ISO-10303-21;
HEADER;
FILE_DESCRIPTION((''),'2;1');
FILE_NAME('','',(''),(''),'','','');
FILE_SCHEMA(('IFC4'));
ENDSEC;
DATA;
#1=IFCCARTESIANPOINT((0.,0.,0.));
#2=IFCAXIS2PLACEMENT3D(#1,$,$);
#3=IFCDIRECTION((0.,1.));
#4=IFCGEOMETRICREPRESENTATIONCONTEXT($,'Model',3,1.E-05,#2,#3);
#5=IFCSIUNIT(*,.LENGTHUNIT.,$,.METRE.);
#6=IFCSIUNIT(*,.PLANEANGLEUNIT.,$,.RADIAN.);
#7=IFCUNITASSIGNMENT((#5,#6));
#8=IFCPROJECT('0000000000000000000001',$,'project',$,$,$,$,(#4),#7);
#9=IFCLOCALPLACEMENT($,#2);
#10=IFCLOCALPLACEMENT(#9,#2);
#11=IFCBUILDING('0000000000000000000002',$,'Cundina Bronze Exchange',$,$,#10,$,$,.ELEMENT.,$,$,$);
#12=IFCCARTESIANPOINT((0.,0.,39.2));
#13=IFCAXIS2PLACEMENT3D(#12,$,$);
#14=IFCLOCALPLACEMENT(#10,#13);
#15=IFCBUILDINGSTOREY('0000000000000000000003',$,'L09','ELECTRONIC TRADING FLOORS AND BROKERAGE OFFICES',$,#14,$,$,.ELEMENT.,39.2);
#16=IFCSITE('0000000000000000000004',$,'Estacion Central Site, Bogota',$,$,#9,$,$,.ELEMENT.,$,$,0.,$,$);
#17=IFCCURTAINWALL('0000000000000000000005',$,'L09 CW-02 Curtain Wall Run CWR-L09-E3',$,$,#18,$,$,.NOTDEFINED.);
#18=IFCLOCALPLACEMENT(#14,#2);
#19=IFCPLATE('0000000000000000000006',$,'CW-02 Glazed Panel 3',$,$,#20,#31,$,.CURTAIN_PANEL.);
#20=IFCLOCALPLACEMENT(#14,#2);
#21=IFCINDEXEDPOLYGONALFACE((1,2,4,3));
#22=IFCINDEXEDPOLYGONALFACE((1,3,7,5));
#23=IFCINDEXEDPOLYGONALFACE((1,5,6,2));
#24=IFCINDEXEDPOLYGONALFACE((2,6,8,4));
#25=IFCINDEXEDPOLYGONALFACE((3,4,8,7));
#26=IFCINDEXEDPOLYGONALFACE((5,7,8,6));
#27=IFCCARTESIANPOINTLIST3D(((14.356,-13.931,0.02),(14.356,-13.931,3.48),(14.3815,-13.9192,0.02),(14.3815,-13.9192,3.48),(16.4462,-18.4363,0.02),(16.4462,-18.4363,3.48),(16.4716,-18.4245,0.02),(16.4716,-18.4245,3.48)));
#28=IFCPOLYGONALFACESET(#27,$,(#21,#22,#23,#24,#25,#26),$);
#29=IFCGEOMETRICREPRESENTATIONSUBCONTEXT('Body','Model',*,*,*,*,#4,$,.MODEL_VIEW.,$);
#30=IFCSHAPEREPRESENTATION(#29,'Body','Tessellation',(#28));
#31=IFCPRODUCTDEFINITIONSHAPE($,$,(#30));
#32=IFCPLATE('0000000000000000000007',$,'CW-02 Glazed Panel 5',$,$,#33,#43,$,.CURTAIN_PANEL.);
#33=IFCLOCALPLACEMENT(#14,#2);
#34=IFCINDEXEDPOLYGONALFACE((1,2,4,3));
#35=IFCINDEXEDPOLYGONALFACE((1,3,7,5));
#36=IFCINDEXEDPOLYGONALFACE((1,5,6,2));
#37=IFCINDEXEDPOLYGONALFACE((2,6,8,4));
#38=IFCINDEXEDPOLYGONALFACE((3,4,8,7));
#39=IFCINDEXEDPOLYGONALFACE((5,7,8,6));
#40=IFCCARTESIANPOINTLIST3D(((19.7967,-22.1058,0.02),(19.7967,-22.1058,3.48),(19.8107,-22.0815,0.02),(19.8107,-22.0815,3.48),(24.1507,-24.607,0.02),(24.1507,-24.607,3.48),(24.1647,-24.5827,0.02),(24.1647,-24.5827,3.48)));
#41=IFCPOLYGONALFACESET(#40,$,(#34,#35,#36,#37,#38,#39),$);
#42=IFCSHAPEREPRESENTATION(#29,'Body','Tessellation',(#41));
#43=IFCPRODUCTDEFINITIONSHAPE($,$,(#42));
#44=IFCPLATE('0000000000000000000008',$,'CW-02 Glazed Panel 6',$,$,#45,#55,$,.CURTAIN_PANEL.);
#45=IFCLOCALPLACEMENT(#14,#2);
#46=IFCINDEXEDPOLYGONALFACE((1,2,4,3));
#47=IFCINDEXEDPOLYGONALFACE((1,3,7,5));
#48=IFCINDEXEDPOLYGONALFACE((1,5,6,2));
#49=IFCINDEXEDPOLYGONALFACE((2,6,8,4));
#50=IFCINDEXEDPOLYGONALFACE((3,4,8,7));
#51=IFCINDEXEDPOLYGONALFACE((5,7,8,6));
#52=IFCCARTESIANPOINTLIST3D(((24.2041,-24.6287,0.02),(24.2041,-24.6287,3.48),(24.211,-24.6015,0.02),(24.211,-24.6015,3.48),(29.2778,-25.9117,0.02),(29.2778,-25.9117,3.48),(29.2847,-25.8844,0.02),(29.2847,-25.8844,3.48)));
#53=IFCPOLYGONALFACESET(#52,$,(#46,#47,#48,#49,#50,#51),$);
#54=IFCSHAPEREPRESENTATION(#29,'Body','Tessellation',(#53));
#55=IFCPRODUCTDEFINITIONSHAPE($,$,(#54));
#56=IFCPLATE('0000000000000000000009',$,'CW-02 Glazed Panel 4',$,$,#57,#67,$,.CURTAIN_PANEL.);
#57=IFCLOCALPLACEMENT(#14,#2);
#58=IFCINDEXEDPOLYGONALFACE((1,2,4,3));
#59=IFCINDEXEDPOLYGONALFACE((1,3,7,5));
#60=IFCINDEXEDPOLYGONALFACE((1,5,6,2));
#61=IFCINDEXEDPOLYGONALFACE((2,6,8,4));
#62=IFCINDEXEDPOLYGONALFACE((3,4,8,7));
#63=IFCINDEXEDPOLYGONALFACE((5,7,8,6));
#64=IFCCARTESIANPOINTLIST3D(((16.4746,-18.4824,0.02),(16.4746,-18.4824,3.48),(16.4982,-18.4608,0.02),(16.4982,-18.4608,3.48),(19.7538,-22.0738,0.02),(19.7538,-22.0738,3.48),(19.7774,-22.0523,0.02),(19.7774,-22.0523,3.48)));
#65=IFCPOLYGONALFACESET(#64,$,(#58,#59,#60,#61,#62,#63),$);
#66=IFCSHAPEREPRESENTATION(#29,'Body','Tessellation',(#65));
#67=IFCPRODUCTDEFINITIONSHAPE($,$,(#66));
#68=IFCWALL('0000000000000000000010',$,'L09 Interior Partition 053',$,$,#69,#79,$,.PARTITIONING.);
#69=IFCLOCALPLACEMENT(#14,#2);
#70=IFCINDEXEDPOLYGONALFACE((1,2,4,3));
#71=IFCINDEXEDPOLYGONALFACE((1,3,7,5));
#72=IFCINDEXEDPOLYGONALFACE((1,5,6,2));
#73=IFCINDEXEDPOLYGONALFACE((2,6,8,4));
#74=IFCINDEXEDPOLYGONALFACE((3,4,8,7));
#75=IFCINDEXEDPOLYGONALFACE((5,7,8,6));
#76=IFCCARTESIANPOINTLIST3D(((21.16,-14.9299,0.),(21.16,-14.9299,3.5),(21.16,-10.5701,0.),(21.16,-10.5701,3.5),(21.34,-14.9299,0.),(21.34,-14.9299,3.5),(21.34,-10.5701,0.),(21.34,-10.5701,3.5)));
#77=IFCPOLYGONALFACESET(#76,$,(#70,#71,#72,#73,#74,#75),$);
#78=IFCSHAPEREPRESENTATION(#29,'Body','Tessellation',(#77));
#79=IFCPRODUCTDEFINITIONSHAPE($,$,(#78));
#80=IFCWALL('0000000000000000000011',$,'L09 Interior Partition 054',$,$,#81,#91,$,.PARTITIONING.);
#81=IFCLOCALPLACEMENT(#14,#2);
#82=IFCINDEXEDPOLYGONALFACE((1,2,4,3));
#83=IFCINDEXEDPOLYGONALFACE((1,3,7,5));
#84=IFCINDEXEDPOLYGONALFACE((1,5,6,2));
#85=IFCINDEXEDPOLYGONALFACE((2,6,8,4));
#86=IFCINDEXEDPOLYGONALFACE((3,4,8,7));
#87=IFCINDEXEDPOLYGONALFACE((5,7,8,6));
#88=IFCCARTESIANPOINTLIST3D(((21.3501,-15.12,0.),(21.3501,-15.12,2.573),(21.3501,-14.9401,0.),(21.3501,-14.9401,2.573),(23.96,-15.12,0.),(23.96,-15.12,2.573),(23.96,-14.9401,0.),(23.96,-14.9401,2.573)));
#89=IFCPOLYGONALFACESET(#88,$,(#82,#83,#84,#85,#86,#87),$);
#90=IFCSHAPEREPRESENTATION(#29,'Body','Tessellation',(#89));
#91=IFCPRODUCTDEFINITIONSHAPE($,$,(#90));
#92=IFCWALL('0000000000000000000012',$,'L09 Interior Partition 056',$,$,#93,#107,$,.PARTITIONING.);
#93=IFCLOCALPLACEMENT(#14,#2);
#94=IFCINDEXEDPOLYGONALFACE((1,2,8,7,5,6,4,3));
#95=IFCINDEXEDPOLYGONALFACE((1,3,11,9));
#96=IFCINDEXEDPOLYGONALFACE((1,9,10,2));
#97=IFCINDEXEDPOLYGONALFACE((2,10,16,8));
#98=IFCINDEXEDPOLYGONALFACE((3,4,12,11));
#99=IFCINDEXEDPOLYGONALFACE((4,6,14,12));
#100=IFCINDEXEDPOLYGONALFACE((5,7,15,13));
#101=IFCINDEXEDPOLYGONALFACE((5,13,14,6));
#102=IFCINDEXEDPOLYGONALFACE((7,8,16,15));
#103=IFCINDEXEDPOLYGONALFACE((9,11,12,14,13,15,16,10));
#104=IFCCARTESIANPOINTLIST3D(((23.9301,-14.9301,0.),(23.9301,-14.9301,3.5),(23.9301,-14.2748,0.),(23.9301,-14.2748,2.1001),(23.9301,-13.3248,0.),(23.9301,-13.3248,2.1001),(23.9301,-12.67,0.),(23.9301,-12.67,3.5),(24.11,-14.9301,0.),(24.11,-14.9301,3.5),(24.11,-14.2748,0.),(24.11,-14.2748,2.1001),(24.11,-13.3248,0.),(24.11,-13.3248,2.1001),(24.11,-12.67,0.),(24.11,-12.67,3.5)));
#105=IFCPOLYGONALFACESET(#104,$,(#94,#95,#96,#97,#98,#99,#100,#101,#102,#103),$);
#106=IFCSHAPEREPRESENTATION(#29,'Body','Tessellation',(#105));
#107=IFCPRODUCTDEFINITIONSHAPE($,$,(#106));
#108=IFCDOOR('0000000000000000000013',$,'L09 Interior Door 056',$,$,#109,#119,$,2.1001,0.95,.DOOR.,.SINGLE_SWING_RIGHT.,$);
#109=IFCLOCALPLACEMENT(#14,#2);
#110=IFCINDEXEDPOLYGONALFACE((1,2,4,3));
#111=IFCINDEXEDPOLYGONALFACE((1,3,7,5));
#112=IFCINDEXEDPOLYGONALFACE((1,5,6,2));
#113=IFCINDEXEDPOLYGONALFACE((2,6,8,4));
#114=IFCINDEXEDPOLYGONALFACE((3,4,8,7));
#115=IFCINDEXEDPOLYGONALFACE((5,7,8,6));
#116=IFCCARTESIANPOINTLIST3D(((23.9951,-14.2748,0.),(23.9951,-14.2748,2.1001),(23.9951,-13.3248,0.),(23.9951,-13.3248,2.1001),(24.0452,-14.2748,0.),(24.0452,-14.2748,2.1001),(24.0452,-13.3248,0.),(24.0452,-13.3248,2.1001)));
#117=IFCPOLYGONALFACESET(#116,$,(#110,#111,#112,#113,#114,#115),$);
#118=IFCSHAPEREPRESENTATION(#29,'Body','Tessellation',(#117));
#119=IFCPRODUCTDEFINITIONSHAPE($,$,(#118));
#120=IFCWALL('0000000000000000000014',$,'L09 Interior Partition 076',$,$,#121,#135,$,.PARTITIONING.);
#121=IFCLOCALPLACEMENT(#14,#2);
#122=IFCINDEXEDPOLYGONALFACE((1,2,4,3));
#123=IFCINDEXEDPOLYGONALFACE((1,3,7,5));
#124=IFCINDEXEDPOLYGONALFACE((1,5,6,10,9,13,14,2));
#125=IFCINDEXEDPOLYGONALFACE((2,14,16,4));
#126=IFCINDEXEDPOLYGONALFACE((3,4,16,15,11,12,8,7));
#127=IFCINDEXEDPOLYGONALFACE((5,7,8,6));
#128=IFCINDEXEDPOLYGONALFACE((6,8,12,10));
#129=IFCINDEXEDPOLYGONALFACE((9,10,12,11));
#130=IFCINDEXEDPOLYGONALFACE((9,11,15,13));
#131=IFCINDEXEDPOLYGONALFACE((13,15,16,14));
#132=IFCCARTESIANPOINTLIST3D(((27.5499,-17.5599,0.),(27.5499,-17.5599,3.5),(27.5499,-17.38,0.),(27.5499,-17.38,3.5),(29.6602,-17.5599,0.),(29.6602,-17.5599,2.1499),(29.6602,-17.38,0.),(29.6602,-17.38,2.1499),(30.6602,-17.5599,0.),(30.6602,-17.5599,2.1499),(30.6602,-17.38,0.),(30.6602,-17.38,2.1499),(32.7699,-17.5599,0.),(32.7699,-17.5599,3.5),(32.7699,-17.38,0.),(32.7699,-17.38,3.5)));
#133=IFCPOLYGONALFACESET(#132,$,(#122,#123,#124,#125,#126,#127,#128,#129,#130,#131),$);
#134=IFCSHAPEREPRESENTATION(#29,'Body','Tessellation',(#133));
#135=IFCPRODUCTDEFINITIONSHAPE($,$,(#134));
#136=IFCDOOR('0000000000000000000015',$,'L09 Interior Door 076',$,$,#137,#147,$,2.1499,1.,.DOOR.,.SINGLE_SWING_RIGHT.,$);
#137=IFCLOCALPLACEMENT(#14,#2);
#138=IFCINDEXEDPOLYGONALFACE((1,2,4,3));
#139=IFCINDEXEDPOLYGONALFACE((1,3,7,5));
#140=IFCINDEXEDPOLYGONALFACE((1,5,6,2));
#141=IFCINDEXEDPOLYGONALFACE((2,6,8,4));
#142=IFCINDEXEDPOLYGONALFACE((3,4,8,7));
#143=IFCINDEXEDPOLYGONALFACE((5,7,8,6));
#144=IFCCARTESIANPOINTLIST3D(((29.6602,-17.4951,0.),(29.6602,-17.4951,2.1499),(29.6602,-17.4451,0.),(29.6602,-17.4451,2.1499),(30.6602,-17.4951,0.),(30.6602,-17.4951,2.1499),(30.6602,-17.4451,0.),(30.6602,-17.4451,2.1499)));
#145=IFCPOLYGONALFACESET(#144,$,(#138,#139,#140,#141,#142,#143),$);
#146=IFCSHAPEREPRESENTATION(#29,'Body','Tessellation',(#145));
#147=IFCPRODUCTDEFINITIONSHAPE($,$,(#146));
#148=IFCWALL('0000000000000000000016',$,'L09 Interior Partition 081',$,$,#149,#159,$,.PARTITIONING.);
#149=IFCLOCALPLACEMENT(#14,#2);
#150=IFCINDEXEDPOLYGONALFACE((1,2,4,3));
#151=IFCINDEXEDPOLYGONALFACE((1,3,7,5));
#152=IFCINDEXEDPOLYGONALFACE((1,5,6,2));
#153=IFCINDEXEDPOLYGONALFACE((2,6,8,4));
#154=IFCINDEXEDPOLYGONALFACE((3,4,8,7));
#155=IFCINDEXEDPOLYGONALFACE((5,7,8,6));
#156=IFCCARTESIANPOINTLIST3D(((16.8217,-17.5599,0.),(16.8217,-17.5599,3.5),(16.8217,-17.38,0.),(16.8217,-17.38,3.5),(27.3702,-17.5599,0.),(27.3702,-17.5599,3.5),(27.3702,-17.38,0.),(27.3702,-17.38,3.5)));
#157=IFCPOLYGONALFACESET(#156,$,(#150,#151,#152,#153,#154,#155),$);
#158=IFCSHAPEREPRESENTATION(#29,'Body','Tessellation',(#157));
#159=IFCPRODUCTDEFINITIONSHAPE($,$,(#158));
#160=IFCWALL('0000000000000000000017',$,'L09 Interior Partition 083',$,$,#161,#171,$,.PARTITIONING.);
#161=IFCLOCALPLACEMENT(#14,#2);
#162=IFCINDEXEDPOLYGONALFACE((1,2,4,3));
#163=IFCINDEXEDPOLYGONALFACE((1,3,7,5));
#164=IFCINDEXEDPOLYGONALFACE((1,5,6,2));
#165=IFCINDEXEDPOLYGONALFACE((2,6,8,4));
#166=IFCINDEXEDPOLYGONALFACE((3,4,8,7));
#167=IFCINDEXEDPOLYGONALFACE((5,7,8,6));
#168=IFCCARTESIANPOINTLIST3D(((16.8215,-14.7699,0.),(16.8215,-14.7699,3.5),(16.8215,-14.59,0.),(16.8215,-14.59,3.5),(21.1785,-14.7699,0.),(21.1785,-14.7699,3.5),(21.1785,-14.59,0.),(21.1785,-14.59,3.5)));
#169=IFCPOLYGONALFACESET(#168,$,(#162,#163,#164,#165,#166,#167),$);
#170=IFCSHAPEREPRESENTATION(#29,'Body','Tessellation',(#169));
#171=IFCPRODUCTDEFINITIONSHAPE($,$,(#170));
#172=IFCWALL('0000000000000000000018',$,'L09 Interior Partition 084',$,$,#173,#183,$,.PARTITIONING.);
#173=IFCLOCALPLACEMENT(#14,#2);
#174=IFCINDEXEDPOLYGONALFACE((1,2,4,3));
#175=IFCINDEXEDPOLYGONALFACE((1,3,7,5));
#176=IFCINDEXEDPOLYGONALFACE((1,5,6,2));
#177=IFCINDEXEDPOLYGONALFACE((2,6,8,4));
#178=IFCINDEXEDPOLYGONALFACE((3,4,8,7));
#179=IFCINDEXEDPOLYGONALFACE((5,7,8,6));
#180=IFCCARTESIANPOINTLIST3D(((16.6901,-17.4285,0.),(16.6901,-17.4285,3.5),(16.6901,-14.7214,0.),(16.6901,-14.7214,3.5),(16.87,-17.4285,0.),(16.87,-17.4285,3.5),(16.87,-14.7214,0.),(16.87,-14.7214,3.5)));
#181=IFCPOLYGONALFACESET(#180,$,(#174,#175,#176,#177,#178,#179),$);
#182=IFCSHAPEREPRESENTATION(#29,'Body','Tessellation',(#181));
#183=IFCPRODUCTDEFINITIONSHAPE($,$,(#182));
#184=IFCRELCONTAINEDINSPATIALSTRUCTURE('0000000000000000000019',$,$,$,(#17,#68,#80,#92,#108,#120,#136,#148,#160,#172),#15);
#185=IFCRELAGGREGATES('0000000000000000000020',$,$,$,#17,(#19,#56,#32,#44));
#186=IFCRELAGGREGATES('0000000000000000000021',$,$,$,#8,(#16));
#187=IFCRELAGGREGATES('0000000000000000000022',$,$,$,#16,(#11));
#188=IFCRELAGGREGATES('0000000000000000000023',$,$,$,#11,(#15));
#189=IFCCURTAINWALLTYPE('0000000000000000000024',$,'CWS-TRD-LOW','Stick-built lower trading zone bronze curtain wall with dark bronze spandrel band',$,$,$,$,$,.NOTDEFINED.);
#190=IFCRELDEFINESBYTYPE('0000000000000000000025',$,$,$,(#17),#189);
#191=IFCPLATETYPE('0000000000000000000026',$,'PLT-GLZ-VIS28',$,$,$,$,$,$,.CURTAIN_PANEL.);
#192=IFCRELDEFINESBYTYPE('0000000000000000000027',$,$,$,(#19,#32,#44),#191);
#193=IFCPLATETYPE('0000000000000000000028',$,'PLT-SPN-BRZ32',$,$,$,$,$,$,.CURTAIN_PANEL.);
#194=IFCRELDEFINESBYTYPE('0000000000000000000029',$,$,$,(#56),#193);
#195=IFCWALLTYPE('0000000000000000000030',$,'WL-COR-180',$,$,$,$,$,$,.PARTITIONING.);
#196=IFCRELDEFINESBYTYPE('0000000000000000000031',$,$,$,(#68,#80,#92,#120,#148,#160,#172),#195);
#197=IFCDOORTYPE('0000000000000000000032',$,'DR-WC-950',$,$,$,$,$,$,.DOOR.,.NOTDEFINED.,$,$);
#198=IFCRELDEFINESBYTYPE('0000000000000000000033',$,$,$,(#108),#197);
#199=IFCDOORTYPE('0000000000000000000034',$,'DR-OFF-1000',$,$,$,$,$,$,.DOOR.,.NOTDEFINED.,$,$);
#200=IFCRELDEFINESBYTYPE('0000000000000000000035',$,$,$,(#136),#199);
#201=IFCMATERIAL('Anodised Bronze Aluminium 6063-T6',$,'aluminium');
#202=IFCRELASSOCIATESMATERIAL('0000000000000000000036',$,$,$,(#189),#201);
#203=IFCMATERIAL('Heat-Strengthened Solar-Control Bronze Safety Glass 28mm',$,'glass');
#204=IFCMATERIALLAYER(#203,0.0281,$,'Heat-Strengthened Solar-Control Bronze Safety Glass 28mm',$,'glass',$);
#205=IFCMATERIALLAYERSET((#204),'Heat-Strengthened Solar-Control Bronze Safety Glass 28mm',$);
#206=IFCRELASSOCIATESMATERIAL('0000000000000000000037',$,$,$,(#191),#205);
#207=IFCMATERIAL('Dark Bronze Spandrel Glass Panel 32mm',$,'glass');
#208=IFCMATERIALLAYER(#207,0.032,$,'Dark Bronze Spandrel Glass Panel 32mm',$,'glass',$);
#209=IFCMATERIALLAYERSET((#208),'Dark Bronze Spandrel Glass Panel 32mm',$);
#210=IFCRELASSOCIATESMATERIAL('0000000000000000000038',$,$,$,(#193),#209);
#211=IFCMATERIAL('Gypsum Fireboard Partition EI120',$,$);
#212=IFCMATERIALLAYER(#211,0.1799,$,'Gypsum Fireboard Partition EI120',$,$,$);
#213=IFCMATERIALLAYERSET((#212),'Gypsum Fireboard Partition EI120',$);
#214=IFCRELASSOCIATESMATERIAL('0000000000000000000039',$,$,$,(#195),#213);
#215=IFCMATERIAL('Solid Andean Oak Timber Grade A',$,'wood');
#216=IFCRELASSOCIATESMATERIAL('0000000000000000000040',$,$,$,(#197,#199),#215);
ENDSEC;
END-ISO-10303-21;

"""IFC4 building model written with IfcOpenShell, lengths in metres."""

from ifc_helpers import new_model, si_unit, direction, frame, frame_2d, origin, origin_2d, place, context, subcontext, project, spatial, rectangle, extrude, material, layer, layer_set, type_object, element, fill, aggregate, save


model = new_model("IFC4")

# Units and contexts
model_context = context("Model", 3, precision=1e-05, world=origin(), true_north=direction((0.0, 1.0)))
body_context = subcontext(model_context, "Body", "Model", "MODEL_VIEW")
ifc_project = project(units=[si_unit("LENGTHUNIT", "METRE"), si_unit("PLANEANGLEUNIT", "RADIAN")], contexts=[model_context])

# Site, building, storey
site_placement = place(None, origin())
site = spatial("IfcSite", under=ifc_project, at=site_placement, Name="Estacion Central Site, Bogota", CompositionType="ELEMENT", RefElevation=0.0)
building_placement = place(site_placement, origin())
building = spatial("IfcBuilding", under=site, at=building_placement, Name="Cundina Bronze Exchange", CompositionType="ELEMENT")
storey_placement = place(building_placement, frame((0.0, 0.0, 39.2)))
storey = spatial("IfcBuildingStorey", under=building, at=storey_placement, Name="L09", Description="ELECTRONIC TRADING FLOORS AND BROKERAGE OFFICES", CompositionType="ELEMENT", Elevation=39.2)

# Curtain wall, plates
ifc_material_1 = material(Name="Anodised Bronze Aluminium 6063-T6", Category="aluminium")
curtain_wall_type = type_object("IfcCurtainWallType", Name="CWS-TRD-LOW", Description="Stick-built lower trading zone bronze curtain wall with dark bronze spandrel band", PredefinedType="NOTDEFINED", material=ifc_material_1)
curtain_wall_placement = place(storey_placement, origin())
curtain_wall = element("IfcCurtainWall", 1, at=curtain_wall_placement, inside=storey, type_object=curtain_wall_type, Name="L09 CW-02 Curtain Wall Run CWR-L09-E3", PredefinedType="NOTDEFINED")
ifc_material_2 = material(Name="Heat-Strengthened Solar-Control Bronze Safety Glass 28mm", Category="glass")
ifc_layer_1 = layer(ifc_material_2, 0.0281, Name="Heat-Strengthened Solar-Control Bronze Safety Glass 28mm", Category="glass")
ifc_layer_set_1 = layer_set([ifc_layer_1], Name="Heat-Strengthened Solar-Control Bronze Safety Glass 28mm")
plate_type_1 = type_object("IfcPlateType", Name="PLT-GLZ-VIS28", PredefinedType="CURTAIN_PANEL", material=ifc_layer_set_1)
plate_1_placement = place(storey_placement, frame((15.4138, -16.1777, 0.02), z_axis=(0.0, 0.0, 1.0), x_axis=(0.420846, -0.907132, 0.0)))
plate_1 = element("IfcPlate", 2, at=plate_1_placement, type_object=plate_type_1, Name="CW-02 Glazed Panel 3", PredefinedType="CURTAIN_PANEL", context=body_context, shape_type="SweptSolid", body=[
    extrude(rectangle(XDim=4.9666, YDim=0.0281, at=origin_2d()), origin(), (0.0, 0.0, 1.0), 3.46),
])
plate_2_placement = place(storey_placement, frame((21.9807, -23.3442, 0.02), z_axis=(0.0, 0.0, 1.0), x_axis=(0.867105, -0.498125, 0.0)))
plate_2 = element("IfcPlate", 3, at=plate_2_placement, type_object=plate_type_1, Name="CW-02 Glazed Panel 5", PredefinedType="CURTAIN_PANEL", context=body_context, shape_type="SweptSolid", body=[
    extrude(rectangle(XDim=5.0212, YDim=0.0281, at=origin_2d()), origin(), (0.0, 0.0, 1.0), 3.46),
])
plate_3_placement = place(storey_placement, frame((26.7444, -25.2566, 0.02), z_axis=(0.0, 0.0, 1.0), x_axis=(0.969488, -0.245138, 0.0)))
plate_3 = element("IfcPlate", 4, at=plate_3_placement, type_object=plate_type_1, Name="CW-02 Glazed Panel 6", PredefinedType="CURTAIN_PANEL", context=body_context, shape_type="SweptSolid", body=[
    extrude(rectangle(XDim=5.2334, YDim=0.0281, at=origin_2d()), origin(), (0.0, 0.0, 1.0), 3.46),
])
ifc_material_3 = material(Name="Dark Bronze Spandrel Glass Panel 32mm", Category="glass")
ifc_layer_2 = layer(ifc_material_3, 0.032, Name="Dark Bronze Spandrel Glass Panel 32mm", Category="glass")
ifc_layer_set_2 = layer_set([ifc_layer_2], Name="Dark Bronze Spandrel Glass Panel 32mm")
plate_type_2 = type_object("IfcPlateType", Name="PLT-SPN-BRZ32", PredefinedType="CURTAIN_PANEL", material=ifc_layer_set_2)
plate_4_placement = place(storey_placement, frame((18.126, -20.2673, 0.02), z_axis=(0.0, 0.0, 1.0), x_axis=(0.674277, -0.738479, 0.0)))
plate_4 = element("IfcPlate", 5, at=plate_4_placement, type_object=plate_type_2, Name="CW-02 Glazed Panel 4", PredefinedType="CURTAIN_PANEL", context=body_context, shape_type="SweptSolid", body=[
    extrude(rectangle(XDim=4.8633, YDim=0.032, at=origin_2d()), origin(), (0.0, 0.0, 1.0), 3.46),
])
aggregate(curtain_wall, [plate_1, plate_4, plate_2, plate_3])

# Walls
ifc_material_4 = material(Name="Gypsum Fireboard Partition EI120")
ifc_layer_3 = layer(ifc_material_4, 0.1799, Name="Gypsum Fireboard Partition EI120")
ifc_layer_set_3 = layer_set([ifc_layer_3], Name="Gypsum Fireboard Partition EI120")
wall_type_1 = type_object("IfcWallType", Name="WL-COR-180", PredefinedType="PARTITIONING", material=ifc_layer_set_3)
wall_1_placement = place(storey_placement, frame((21.25, -14.9299, 0.0), z_axis=(0.0, 0.0, 1.0), x_axis=(0.0, 1.0, 0.0)))
element("IfcWall", 6, at=wall_1_placement, inside=storey, type_object=wall_type_1, Name="L09 Interior Partition 053", PredefinedType="PARTITIONING", context=body_context, shape_type="SweptSolid", body=[
    extrude(rectangle(XDim=4.3599, YDim=0.1799, at=frame_2d((2.1799, 0.0))), origin(), (0.0, 0.0, 1.0), 3.5),
])
wall_2_placement = place(storey_placement, frame((21.3501, -15.03, 0.0), z_axis=(0.0, 0.0, 1.0), x_axis=(1.0, 0.0, 0.0)))
element("IfcWall", 7, at=wall_2_placement, inside=storey, type_object=wall_type_1, Name="L09 Interior Partition 054", PredefinedType="PARTITIONING", context=body_context, shape_type="SweptSolid", body=[
    extrude(rectangle(XDim=2.6099, YDim=0.1799, at=frame_2d((1.3049, 0.0))), origin(), (0.0, 0.0, 1.0), 2.573),
])

# Walls, openings, doors
wall_3_placement = place(storey_placement, frame((24.02, -14.9299, 0.0), z_axis=(0.0, 0.0, 1.0), x_axis=(0.0, 1.0, 0.0)))
wall_3 = element("IfcWall", 8, at=wall_3_placement, inside=storey, type_object=wall_type_1, Name="L09 Interior Partition 056", PredefinedType="PARTITIONING", context=body_context, shape_type="SweptSolid", body=[
    extrude(rectangle(XDim=2.26, YDim=0.1799, at=frame_2d((1.1299, 0.0))), origin(), (0.0, 0.0, 1.0), 3.5),
])
opening_1_placement = place(wall_3_placement, frame((0.655, 0.0, 0.0)))
opening_1 = element("IfcOpeningElement", 9, at=opening_1_placement, cuts=wall_3, PredefinedType="OPENING", context=body_context, shape_type="SweptSolid", body=[
    extrude(rectangle(XDim=0.95, YDim=2.1001, at=frame_2d((0.4751, 1.05))), frame((0.0, 0.0999, 0.0), z_axis=(0.0, -1.0, 0.0), x_axis=(1.0, 0.0, 0.0)), (0.0, 0.0, 1.0), 0.2),
])
ifc_material_5 = material(Name="Solid Andean Oak Timber Grade A", Category="wood")
door_type_1 = type_object("IfcDoorType", Name="DR-WC-950", OperationType="NOTDEFINED", PredefinedType="DOOR", material=ifc_material_5)
door_1_placement = place(opening_1_placement, origin())
door_1 = element("IfcDoor", 10, at=door_1_placement, inside=storey, type_object=door_type_1, Name="L09 Interior Door 056", OperationType="SINGLE_SWING_RIGHT", OverallHeight=2.1001, OverallWidth=0.95, PredefinedType="DOOR", context=body_context, shape_type="SweptSolid", body=[
    extrude(rectangle(XDim=0.95, YDim=2.1001, at=frame_2d((0.4751, 1.05))), frame((0.0, 0.0249, 0.0), z_axis=(0.0, -1.0, 0.0), x_axis=(1.0, 0.0, 0.0)), (0.0, 0.0, 1.0), 0.05),
])
fill(opening_1, door_1)
wall_4_placement = place(storey_placement, frame((27.55, -17.47, 0.0), z_axis=(0.0, 0.0, 1.0), x_axis=(1.0, 0.0, 0.0)))
wall_4 = element("IfcWall", 11, at=wall_4_placement, inside=storey, type_object=wall_type_1, Name="L09 Interior Partition 076", PredefinedType="PARTITIONING", context=body_context, shape_type="SweptSolid", body=[
    extrude(rectangle(XDim=5.22, YDim=0.1799, at=frame_2d((2.6099, 0.0))), origin(), (0.0, 0.0, 1.0), 3.5),
])
opening_2_placement = place(wall_4_placement, frame((2.1101, 0.0, 0.0)))
opening_2 = element("IfcOpeningElement", 12, at=opening_2_placement, cuts=wall_4, PredefinedType="OPENING", context=body_context, shape_type="SweptSolid", body=[
    extrude(rectangle(XDim=1.0, YDim=2.1499, at=frame_2d((0.5, 1.075))), frame((0.0, 0.0999, 0.0), z_axis=(0.0, -1.0, 0.0), x_axis=(1.0, 0.0, 0.0)), (0.0, 0.0, 1.0), 0.2),
])
door_type_2 = type_object("IfcDoorType", Name="DR-OFF-1000", OperationType="NOTDEFINED", PredefinedType="DOOR", material=ifc_material_5)
door_2_placement = place(opening_2_placement, origin())
door_2 = element("IfcDoor", 13, at=door_2_placement, inside=storey, type_object=door_type_2, Name="L09 Interior Door 076", OperationType="SINGLE_SWING_RIGHT", OverallHeight=2.1499, OverallWidth=1.0, PredefinedType="DOOR", context=body_context, shape_type="SweptSolid", body=[
    extrude(rectangle(XDim=1.0, YDim=2.1499, at=frame_2d((0.5, 1.075))), frame((0.0, 0.0249, 0.0), z_axis=(0.0, -1.0, 0.0), x_axis=(1.0, 0.0, 0.0)), (0.0, 0.0, 1.0), 0.05),
])
fill(opening_2, door_2)

# Walls
wall_5_placement = place(storey_placement, frame((16.8215, -17.47, 0.0), z_axis=(0.0, 0.0, 1.0), x_axis=(1.0, 0.0, 0.0)))
element("IfcWall", 14, at=wall_5_placement, inside=storey, type_object=wall_type_1, Name="L09 Interior Partition 081", PredefinedType="PARTITIONING", context=body_context, shape_type="SweptSolid", body=[
    extrude(rectangle(XDim=10.5486, YDim=0.1799, at=frame_2d((5.2744, 0.0))), origin(), (0.0, 0.0, 1.0), 3.5),
])
wall_6_placement = place(storey_placement, frame((21.1785, -14.6799, 0.0), z_axis=(0.0, 0.0, 1.0), x_axis=(-1.0, 0.0, 0.0)))
element("IfcWall", 15, at=wall_6_placement, inside=storey, type_object=wall_type_1, Name="L09 Interior Partition 083", PredefinedType="PARTITIONING", context=body_context, shape_type="SweptSolid", body=[
    extrude(rectangle(XDim=4.3569, YDim=0.1799, at=frame_2d((2.1785, 0.0))), origin(), (0.0, 0.0, 1.0), 3.5),
])
wall_7_placement = place(storey_placement, frame((16.78, -14.7214, 0.0), z_axis=(0.0, 0.0, 1.0), x_axis=(0.0, -1.0, 0.0)))
element("IfcWall", 16, at=wall_7_placement, inside=storey, type_object=wall_type_1, Name="L09 Interior Partition 084", PredefinedType="PARTITIONING", context=body_context, shape_type="SweptSolid", body=[
    extrude(rectangle(XDim=2.707, YDim=0.1799, at=frame_2d((1.3535, 0.0))), origin(), (0.0, 0.0, 1.0), 3.5),
])

save(model, "model.ifc")
